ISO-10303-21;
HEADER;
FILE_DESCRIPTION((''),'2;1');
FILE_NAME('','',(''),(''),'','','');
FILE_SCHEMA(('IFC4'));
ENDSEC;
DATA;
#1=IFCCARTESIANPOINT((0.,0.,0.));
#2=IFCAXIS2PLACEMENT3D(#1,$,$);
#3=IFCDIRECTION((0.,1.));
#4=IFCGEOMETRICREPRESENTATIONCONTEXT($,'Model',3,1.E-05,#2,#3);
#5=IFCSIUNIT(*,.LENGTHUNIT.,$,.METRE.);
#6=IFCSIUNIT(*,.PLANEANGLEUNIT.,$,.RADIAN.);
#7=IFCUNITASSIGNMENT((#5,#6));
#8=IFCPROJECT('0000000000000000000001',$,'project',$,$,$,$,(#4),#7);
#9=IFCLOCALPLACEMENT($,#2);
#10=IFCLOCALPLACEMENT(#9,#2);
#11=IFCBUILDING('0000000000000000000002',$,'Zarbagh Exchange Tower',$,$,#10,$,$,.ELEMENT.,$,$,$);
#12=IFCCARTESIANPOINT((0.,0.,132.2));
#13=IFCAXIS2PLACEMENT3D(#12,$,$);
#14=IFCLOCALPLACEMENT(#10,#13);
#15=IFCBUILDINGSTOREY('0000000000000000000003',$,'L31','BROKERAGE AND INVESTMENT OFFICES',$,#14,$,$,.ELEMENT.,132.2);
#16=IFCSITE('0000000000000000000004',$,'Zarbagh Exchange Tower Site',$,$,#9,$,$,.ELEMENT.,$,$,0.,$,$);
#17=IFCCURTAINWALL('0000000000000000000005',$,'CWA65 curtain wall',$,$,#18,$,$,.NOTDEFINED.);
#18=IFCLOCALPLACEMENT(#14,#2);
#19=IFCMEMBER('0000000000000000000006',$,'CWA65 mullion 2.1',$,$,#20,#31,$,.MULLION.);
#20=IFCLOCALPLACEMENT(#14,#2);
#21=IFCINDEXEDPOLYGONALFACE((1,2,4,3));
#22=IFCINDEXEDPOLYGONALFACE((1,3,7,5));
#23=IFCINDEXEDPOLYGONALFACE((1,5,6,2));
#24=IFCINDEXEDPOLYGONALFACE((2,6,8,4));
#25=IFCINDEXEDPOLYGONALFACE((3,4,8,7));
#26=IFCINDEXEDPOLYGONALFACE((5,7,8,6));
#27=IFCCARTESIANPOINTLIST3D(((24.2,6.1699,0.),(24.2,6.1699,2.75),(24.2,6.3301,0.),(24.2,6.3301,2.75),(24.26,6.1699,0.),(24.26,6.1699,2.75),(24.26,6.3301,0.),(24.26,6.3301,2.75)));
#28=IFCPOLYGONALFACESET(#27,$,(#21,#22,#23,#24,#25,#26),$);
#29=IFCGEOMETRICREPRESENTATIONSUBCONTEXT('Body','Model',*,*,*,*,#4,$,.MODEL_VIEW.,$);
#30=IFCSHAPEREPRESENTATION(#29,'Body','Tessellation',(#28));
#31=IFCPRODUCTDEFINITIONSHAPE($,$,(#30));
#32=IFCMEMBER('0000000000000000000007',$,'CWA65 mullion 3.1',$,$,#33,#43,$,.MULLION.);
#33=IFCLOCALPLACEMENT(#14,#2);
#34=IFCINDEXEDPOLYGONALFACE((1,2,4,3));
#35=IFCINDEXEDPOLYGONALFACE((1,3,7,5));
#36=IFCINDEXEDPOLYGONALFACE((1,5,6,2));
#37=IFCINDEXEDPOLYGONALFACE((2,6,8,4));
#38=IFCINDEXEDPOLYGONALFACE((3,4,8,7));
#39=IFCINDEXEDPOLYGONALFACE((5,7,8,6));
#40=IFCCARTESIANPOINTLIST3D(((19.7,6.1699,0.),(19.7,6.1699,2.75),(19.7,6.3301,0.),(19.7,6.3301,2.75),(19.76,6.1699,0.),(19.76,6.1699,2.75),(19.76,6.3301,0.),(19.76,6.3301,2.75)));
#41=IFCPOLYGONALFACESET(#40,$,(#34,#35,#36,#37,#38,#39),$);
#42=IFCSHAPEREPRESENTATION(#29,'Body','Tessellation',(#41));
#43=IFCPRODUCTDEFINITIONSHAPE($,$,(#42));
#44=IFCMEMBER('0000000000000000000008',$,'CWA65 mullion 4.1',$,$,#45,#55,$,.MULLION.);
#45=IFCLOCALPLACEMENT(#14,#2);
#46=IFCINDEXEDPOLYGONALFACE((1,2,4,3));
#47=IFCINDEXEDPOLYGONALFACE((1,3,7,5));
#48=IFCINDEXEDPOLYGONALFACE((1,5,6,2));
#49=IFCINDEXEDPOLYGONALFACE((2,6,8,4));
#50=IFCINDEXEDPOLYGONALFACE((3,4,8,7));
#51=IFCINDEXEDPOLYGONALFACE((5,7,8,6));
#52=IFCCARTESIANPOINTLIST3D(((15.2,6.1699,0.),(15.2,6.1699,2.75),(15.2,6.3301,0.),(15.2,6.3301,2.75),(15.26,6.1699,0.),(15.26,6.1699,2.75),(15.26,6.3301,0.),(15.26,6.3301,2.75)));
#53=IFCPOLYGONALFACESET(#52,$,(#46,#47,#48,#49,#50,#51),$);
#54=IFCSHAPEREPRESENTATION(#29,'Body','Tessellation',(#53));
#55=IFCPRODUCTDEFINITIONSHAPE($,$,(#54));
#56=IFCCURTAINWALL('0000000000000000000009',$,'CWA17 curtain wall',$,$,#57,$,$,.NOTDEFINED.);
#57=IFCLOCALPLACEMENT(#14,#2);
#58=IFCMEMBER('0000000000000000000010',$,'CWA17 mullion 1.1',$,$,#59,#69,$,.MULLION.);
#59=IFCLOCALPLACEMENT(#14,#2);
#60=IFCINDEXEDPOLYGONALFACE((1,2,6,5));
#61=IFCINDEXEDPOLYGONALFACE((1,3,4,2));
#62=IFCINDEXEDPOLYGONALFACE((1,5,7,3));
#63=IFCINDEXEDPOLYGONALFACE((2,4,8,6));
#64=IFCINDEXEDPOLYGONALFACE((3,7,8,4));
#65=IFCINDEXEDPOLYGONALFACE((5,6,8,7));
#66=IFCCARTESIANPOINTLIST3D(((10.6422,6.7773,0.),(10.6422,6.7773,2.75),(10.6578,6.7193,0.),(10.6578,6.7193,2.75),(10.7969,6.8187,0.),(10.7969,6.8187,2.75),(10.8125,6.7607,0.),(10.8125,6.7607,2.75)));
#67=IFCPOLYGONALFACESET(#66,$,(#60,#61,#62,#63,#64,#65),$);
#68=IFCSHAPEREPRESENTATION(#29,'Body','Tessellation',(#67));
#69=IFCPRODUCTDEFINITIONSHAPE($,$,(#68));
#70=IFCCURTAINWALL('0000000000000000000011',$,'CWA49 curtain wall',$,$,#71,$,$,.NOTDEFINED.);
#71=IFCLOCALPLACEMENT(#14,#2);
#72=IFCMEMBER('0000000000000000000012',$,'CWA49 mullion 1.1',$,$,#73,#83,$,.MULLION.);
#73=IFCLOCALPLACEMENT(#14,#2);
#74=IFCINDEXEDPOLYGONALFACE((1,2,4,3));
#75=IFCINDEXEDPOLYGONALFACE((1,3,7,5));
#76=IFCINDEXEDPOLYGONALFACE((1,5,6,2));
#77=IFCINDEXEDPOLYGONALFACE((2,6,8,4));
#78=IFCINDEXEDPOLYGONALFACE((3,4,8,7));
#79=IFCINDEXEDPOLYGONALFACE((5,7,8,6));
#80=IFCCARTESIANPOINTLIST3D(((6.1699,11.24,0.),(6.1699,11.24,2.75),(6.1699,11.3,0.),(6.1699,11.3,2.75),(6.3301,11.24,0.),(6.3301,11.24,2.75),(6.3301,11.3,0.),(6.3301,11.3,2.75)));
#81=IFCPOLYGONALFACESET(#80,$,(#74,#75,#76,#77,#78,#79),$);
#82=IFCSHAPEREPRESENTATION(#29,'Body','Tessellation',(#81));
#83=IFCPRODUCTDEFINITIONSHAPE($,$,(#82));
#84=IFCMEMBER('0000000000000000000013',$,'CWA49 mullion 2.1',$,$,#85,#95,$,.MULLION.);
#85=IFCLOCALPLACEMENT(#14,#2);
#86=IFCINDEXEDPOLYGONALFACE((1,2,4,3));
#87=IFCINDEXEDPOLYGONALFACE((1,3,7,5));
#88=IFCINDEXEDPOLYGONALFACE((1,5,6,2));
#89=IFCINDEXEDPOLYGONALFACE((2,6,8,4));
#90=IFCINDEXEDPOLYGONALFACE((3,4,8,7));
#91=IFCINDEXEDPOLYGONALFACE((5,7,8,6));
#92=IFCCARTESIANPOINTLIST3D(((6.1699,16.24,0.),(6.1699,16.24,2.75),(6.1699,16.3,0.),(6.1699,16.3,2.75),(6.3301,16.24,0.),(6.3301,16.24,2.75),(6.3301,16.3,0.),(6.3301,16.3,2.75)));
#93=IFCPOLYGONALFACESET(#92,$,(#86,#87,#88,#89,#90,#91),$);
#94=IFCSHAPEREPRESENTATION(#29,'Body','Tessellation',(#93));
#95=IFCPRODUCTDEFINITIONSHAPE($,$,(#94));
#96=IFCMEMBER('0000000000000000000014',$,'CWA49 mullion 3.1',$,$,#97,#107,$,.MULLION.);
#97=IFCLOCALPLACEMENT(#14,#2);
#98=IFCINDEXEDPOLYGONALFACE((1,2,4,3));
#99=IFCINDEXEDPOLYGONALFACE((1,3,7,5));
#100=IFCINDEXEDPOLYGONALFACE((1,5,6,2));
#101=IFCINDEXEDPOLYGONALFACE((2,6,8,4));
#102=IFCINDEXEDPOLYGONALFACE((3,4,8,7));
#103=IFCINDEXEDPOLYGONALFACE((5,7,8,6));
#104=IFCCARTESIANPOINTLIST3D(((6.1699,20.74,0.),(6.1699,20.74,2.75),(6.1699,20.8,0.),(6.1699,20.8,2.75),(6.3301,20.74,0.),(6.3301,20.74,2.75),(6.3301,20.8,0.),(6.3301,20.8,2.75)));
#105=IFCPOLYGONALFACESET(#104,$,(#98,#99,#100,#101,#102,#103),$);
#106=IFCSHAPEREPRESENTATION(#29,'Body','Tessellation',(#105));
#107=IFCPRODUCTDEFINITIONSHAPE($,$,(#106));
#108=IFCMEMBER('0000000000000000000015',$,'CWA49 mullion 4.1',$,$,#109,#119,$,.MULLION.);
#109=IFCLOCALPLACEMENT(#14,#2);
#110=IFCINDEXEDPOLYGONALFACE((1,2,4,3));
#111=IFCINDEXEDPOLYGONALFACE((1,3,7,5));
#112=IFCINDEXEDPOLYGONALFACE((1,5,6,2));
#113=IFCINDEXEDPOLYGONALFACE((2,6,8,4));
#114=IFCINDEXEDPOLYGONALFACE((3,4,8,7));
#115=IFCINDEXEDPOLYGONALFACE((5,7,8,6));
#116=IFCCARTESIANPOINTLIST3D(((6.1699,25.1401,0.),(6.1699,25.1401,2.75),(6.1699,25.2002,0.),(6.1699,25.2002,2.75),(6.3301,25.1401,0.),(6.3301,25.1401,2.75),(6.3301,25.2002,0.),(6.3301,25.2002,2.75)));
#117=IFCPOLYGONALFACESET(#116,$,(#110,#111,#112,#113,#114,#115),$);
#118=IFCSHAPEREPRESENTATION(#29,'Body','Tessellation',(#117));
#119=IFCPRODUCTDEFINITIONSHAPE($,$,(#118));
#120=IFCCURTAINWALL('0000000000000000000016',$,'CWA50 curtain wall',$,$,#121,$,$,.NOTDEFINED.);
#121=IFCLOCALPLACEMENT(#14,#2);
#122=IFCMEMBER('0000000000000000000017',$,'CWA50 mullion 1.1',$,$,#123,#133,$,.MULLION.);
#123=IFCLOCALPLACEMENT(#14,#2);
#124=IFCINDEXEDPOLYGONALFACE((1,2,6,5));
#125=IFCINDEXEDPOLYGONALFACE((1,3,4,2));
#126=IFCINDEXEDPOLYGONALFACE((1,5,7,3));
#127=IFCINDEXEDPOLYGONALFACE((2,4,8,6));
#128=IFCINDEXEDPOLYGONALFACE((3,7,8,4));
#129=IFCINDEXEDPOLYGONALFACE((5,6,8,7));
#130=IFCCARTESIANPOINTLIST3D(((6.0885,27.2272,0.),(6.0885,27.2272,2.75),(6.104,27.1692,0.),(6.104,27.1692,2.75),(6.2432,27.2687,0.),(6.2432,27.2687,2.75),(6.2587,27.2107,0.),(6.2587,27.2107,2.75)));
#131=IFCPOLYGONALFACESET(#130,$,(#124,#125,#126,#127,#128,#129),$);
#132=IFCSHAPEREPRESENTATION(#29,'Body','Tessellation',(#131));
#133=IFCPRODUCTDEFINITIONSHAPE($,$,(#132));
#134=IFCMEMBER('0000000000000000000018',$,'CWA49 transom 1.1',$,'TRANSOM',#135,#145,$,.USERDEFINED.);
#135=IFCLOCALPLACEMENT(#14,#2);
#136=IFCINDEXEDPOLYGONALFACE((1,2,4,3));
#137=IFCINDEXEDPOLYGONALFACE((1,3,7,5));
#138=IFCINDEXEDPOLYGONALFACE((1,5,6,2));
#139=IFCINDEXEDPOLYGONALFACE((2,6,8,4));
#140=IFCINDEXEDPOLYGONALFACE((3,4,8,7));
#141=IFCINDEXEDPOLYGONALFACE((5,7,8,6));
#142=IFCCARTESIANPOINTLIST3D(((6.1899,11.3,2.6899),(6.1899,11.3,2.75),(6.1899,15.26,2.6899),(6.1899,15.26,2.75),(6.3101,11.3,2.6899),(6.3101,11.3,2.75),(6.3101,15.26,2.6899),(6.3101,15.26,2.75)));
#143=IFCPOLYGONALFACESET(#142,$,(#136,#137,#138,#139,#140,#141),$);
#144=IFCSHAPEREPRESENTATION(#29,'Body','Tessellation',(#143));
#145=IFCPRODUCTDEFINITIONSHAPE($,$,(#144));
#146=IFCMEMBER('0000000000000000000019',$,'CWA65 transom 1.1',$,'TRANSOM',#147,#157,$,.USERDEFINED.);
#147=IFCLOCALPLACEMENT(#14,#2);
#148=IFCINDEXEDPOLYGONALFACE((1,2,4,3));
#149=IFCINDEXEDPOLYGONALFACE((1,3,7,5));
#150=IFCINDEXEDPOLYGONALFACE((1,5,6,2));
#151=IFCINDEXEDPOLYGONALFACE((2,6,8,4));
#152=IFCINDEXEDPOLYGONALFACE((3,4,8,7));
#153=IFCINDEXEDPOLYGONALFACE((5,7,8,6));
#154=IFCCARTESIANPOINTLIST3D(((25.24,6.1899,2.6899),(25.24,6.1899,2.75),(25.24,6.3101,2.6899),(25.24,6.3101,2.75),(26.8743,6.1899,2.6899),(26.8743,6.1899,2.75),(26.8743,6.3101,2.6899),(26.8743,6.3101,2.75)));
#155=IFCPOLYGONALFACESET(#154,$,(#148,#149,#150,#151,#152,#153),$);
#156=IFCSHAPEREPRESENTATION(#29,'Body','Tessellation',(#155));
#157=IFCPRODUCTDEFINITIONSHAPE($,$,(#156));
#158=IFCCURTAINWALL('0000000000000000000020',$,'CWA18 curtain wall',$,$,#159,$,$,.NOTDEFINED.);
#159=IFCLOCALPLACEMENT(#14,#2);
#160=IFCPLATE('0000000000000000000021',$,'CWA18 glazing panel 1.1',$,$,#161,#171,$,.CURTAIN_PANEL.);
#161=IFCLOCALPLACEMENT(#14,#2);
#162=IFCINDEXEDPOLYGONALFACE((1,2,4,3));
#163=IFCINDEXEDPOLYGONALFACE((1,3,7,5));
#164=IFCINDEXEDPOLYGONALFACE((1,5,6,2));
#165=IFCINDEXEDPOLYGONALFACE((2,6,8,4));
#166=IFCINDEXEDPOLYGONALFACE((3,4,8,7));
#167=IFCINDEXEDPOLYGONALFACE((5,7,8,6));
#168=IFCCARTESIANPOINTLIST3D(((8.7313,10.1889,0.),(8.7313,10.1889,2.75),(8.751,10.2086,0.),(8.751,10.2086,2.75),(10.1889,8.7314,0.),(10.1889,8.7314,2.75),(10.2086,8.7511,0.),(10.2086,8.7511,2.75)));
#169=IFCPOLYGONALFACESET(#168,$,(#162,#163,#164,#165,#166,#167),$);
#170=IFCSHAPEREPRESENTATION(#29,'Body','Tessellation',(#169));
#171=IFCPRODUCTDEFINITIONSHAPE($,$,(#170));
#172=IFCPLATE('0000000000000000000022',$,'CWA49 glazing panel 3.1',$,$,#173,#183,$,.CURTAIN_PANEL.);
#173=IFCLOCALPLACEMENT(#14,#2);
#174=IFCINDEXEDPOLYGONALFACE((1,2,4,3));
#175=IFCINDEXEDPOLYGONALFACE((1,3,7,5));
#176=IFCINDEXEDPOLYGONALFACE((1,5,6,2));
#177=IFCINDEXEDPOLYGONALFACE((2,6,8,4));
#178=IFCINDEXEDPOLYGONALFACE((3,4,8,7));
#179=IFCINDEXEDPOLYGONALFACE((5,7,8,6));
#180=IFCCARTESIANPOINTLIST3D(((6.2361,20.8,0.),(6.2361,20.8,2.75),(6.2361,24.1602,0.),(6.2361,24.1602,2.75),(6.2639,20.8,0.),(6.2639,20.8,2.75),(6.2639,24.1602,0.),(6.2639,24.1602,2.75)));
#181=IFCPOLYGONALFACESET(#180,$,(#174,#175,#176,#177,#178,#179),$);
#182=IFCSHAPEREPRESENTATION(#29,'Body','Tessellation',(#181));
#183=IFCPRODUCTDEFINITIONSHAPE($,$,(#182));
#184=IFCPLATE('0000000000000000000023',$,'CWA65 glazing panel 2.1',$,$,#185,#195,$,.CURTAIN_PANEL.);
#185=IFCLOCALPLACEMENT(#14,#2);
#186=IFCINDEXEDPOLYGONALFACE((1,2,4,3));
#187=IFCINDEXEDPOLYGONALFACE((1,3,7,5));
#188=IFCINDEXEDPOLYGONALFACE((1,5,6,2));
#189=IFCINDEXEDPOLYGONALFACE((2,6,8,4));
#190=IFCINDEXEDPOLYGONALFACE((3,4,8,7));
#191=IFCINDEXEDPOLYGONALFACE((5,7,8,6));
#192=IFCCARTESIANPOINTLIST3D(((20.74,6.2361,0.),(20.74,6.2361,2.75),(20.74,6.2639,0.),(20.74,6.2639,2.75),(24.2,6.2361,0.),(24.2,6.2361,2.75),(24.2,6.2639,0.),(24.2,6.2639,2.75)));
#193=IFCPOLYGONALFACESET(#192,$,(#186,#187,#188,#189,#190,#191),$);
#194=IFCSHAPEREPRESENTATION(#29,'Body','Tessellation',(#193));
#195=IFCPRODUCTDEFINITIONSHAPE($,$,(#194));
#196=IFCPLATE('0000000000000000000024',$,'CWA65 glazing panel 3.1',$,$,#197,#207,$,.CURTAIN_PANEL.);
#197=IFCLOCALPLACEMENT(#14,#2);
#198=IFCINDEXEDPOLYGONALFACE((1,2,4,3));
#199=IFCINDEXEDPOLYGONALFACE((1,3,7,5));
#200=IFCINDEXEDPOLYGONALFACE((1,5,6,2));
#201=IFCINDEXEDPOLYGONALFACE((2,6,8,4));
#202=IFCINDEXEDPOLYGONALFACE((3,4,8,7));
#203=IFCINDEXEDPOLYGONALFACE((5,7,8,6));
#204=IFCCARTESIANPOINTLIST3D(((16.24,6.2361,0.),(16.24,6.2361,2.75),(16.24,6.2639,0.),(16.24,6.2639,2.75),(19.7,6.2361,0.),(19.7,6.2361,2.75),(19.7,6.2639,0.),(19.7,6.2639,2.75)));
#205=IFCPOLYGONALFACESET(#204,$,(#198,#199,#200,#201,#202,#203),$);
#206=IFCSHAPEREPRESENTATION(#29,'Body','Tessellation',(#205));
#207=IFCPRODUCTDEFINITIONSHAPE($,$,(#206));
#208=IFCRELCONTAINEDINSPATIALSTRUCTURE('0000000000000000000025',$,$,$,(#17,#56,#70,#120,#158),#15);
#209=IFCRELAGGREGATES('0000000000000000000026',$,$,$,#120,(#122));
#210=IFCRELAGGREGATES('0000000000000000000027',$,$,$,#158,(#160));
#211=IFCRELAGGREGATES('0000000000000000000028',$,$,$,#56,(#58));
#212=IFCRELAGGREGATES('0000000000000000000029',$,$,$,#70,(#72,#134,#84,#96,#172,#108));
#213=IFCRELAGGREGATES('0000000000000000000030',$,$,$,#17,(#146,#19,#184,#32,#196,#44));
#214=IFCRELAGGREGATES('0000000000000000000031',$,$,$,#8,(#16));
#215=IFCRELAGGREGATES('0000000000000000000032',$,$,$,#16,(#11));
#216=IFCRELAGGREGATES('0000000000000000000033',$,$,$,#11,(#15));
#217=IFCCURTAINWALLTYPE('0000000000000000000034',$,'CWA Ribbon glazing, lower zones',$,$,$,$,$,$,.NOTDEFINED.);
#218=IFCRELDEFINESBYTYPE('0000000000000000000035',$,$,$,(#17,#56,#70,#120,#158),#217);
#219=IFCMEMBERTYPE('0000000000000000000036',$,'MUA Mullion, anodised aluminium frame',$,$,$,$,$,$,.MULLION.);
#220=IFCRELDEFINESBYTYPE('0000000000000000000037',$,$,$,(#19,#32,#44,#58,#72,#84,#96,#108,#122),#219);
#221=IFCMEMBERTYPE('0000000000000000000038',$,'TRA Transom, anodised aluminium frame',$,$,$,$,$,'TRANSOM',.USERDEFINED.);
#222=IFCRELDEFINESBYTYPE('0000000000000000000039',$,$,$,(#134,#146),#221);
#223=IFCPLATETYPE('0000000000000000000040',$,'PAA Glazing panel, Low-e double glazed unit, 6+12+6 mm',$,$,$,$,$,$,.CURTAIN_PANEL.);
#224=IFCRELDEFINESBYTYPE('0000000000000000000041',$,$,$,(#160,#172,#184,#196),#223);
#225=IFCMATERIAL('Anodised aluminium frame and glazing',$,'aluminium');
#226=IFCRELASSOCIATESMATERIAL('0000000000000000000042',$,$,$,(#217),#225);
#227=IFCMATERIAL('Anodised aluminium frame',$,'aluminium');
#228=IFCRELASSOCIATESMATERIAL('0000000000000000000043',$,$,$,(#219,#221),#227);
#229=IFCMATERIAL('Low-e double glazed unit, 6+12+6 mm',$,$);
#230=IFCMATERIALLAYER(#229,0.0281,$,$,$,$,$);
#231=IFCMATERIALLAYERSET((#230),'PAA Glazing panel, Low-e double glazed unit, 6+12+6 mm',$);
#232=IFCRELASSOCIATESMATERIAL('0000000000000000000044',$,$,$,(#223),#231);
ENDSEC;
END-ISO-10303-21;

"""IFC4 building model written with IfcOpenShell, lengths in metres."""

from ifc_helpers import new_model, si_unit, direction, frame, origin, place, context, subcontext, project, spatial, polyline, outline, extrude, source, transform, mapped, material, layer, layer_set, type_object, element, aggregate, save


model = new_model("IFC4")

# Units and contexts
model_context = context("Model", 3, precision=1e-05, world=origin(), true_north=direction((0.0, 1.0)))
body_context = subcontext(model_context, "Body", "Model", "MODEL_VIEW")
ifc_project = project(units=[si_unit("LENGTHUNIT", "METRE"), si_unit("PLANEANGLEUNIT", "RADIAN")], contexts=[model_context])

# Site, building, storey
site_placement = place(None, origin())
site = spatial("IfcSite", under=ifc_project, at=site_placement, Name="Zarbagh Exchange Tower Site", CompositionType="ELEMENT", RefElevation=0.0)
building_placement = place(site_placement, origin())
building = spatial("IfcBuilding", under=site, at=building_placement, Name="Zarbagh Exchange Tower", CompositionType="ELEMENT")
storey_placement = place(building_placement, frame((0.0, 0.0, 132.2)))
storey = spatial("IfcBuildingStorey", under=building, at=storey_placement, Name="L31", Description="BROKERAGE AND INVESTMENT OFFICES", CompositionType="ELEMENT", Elevation=132.2)

# Curtain wall, members
ifc_material_1 = material(Name="Anodised aluminium frame and glazing", Category="aluminium")
curtain_wall_type = type_object("IfcCurtainWallType", Name="CWA Ribbon glazing, lower zones", PredefinedType="NOTDEFINED", material=ifc_material_1)
curtain_wall_1_placement = place(storey_placement, origin())
curtain_wall_1 = element("IfcCurtainWall", 1, at=curtain_wall_1_placement, inside=storey, type_object=curtain_wall_type, Name="CWA65 curtain wall", PredefinedType="NOTDEFINED")
ifc_material_2 = material(Name="Anodised aluminium frame", Category="aluminium")
member_type_1 = type_object("IfcMemberType", Name="MUA Mullion, anodised aluminium frame", PredefinedType="MULLION", material=ifc_material_2)
shared_shape_1 = source(origin(), body_context, "Body", "SweptSolid", [
    extrude(outline(polyline([(0.0, -0.0801), (0.0601, -0.0801), (0.0601, 0.0801), (0.0, 0.0801), (0.0, -0.0801)])), origin(), (0.0, 0.0, 1.0), 2.75),
])
placement = place(storey_placement, origin())
member_1 = element("IfcMember", 2, at=placement, type_object=member_type_1, Name="CWA65 mullion 2.1", PredefinedType="MULLION", context=body_context, shape_type="MappedRepresentation", body=[
    mapped(shared_shape_1, transform((24.26, 6.25, 0.0), x_axis=(-1.0, 0.0, 0.0), y_axis=(0.0, -1.0, 0.0), z_axis=(0.0, 0.0, 1.0))),
])
member_2 = element("IfcMember", 3, at=placement, type_object=member_type_1, Name="CWA65 mullion 3.1", PredefinedType="MULLION", context=body_context, shape_type="MappedRepresentation", body=[
    mapped(shared_shape_1, transform((19.76, 6.25, 0.0), x_axis=(-1.0, 0.0, 0.0), y_axis=(0.0, -1.0, 0.0), z_axis=(0.0, 0.0, 1.0))),
])
member_3 = element("IfcMember", 4, at=placement, type_object=member_type_1, Name="CWA65 mullion 4.1", PredefinedType="MULLION", context=body_context, shape_type="MappedRepresentation", body=[
    mapped(shared_shape_1, transform((15.26, 6.25, 0.0), x_axis=(-1.0, 0.0, 0.0), y_axis=(0.0, -1.0, 0.0), z_axis=(0.0, 0.0, 1.0))),
])

# Curtain wall, member
curtain_wall_2_placement = place(storey_placement, origin())
curtain_wall_2 = element("IfcCurtainWall", 5, at=curtain_wall_2_placement, inside=storey, type_object=curtain_wall_type, Name="CWA17 curtain wall", PredefinedType="NOTDEFINED")
member_4 = element("IfcMember", 6, at=placement, type_object=member_type_1, Name="CWA17 mullion 1.1", PredefinedType="MULLION", context=body_context, shape_type="MappedRepresentation", body=[
    mapped(shared_shape_1, transform((10.7351, 6.74, 0.0), x_axis=(-0.258825, 0.965924, 0.0), y_axis=(-0.965924, -0.258825, 0.0), z_axis=(0.0, 0.0, 1.0))),
])

# Curtain wall, members
curtain_wall_3_placement = place(storey_placement, origin())
curtain_wall_3 = element("IfcCurtainWall", 7, at=curtain_wall_3_placement, inside=storey, type_object=curtain_wall_type, Name="CWA49 curtain wall", PredefinedType="NOTDEFINED")
member_5 = element("IfcMember", 8, at=placement, type_object=member_type_1, Name="CWA49 mullion 1.1", PredefinedType="MULLION", context=body_context, shape_type="MappedRepresentation", body=[
    mapped(shared_shape_1, transform((6.25, 11.24, 0.0), x_axis=(0.0, 1.0, 0.0), y_axis=(-1.0, 0.0, 0.0), z_axis=(0.0, 0.0, 1.0))),
])
member_6 = element("IfcMember", 9, at=placement, type_object=member_type_1, Name="CWA49 mullion 2.1", PredefinedType="MULLION", context=body_context, shape_type="MappedRepresentation", body=[
    mapped(shared_shape_1, transform((6.25, 16.24, 0.0), x_axis=(0.0, 1.0, 0.0), y_axis=(-1.0, 0.0, 0.0), z_axis=(0.0, 0.0, 1.0))),
])
member_7 = element("IfcMember", 10, at=placement, type_object=member_type_1, Name="CWA49 mullion 3.1", PredefinedType="MULLION", context=body_context, shape_type="MappedRepresentation", body=[
    mapped(shared_shape_1, transform((6.25, 20.74, 0.0), x_axis=(0.0, 1.0, 0.0), y_axis=(-1.0, 0.0, 0.0), z_axis=(0.0, 0.0, 1.0))),
])
member_8 = element("IfcMember", 11, at=placement, type_object=member_type_1, Name="CWA49 mullion 4.1", PredefinedType="MULLION", context=body_context, shape_type="MappedRepresentation", body=[
    mapped(shared_shape_1, transform((6.25, 25.1401, 0.0), x_axis=(0.0, 1.0, 0.0), y_axis=(-1.0, 0.0, 0.0), z_axis=(0.0, 0.0, 1.0))),
])

# Curtain wall, member
curtain_wall_4_placement = place(storey_placement, origin())
curtain_wall_4 = element("IfcCurtainWall", 12, at=curtain_wall_4_placement, inside=storey, type_object=curtain_wall_type, Name="CWA50 curtain wall", PredefinedType="NOTDEFINED")
member_9 = element("IfcMember", 13, at=placement, type_object=member_type_1, Name="CWA50 mullion 1.1", PredefinedType="MULLION", context=body_context, shape_type="MappedRepresentation", body=[
    mapped(shared_shape_1, transform((6.1814, 27.1899, 0.0), x_axis=(-0.258825, 0.965924, 0.0), y_axis=(-0.965924, -0.258825, 0.0), z_axis=(0.0, 0.0, 1.0))),
])
aggregate(curtain_wall_4, [member_9])

# Members
member_type_2 = type_object("IfcMemberType", Name="TRA Transom, anodised aluminium frame", ElementType="TRANSOM", PredefinedType="USERDEFINED", material=ifc_material_2)
shared_shape_2 = source(origin(), body_context, "Body", "SweptSolid", [
    extrude(outline(polyline([(-0.0601, -0.0601), (0.0, -0.0601), (0.0, 0.0601), (-0.0601, 0.0601), (-0.0601, -0.0601)])), origin(), (0.0, 0.0, 1.0), 3.96),
])
member_10 = element("IfcMember", 14, at=placement, type_object=member_type_2, Name="CWA49 transom 1.1", ObjectType="TRANSOM", PredefinedType="USERDEFINED", context=body_context, shape_type="MappedRepresentation", body=[
    mapped(shared_shape_2, transform((6.25, 11.3, 2.75), x_axis=(0.0, 0.0, 1.0), y_axis=(1.0, 0.0, 0.0), z_axis=(0.0, 1.0, 0.0))),
])
shared_shape_3 = source(origin(), body_context, "Body", "SweptSolid", [
    extrude(outline(polyline([(-0.0601, -0.0601), (0.0, -0.0601), (0.0, 0.0601), (-0.0601, 0.0601), (-0.0601, -0.0601)])), origin(), (0.0, 0.0, 1.0), 1.6343),
])
member_11 = element("IfcMember", 15, at=placement, type_object=member_type_2, Name="CWA65 transom 1.1", ObjectType="TRANSOM", PredefinedType="USERDEFINED", context=body_context, shape_type="MappedRepresentation", body=[
    mapped(shared_shape_3, transform((26.8743, 6.25, 2.75), x_axis=(0.0, 0.0, 1.0), y_axis=(0.0, 1.0, 0.0), z_axis=(-1.0, 0.0, 0.0))),
])

# Curtain wall, plate
curtain_wall_5_placement = place(storey_placement, origin())
curtain_wall_5 = element("IfcCurtainWall", 16, at=curtain_wall_5_placement, inside=storey, type_object=curtain_wall_type, Name="CWA18 curtain wall", PredefinedType="NOTDEFINED")
ifc_material_3 = material(Name="Low-e double glazed unit, 6+12+6 mm")
ifc_layer_1 = layer(ifc_material_3, 0.0281)
ifc_layer_set_1 = layer_set([ifc_layer_1], Name="PAA Glazing panel, Low-e double glazed unit, 6+12+6 mm")
plate_type = type_object("IfcPlateType", Name="PAA Glazing panel, Low-e double glazed unit, 6+12+6 mm", PredefinedType="CURTAIN_PANEL", material=ifc_layer_set_1)
shared_shape_4 = source(origin(), body_context, "Body", "SweptSolid", [
    extrude(outline(polyline([(0.0, -0.0139), (2.0613, -0.0139), (2.0613, 0.0139), (0.0, 0.0139), (0.0, -0.0139)])), origin(), (0.0, 0.0, 1.0), 2.75),
])
plate_1 = element("IfcPlate", 17, at=placement, type_object=plate_type, Name="CWA18 glazing panel 1.1", PredefinedType="CURTAIN_PANEL", context=body_context, shape_type="MappedRepresentation", body=[
    mapped(shared_shape_4, transform((10.1987, 8.7412, 0.0), x_axis=(-0.707107, 0.707107, 0.0), y_axis=(-0.707107, -0.707107, 0.0), z_axis=(0.0, 0.0, 1.0))),
])
aggregate(curtain_wall_5, [plate_1])

# Plates
shared_shape_5 = source(origin(), body_context, "Body", "SweptSolid", [
    extrude(outline(polyline([(0.0, -0.0139), (3.3601, -0.0139), (3.3601, 0.0139), (0.0, 0.0139), (0.0, -0.0139)])), origin(), (0.0, 0.0, 1.0), 2.75),
])
plate_2 = element("IfcPlate", 18, at=placement, type_object=plate_type, Name="CWA49 glazing panel 3.1", PredefinedType="CURTAIN_PANEL", context=body_context, shape_type="MappedRepresentation", body=[
    mapped(shared_shape_5, transform((6.25, 20.8, 0.0), x_axis=(0.0, 1.0, 0.0), y_axis=(-1.0, 0.0, 0.0), z_axis=(0.0, 0.0, 1.0))),
])
shared_shape_6 = source(origin(), body_context, "Body", "SweptSolid", [
    extrude(outline(polyline([(0.0, -0.0139), (3.46, -0.0139), (3.46, 0.0139), (0.0, 0.0139), (0.0, -0.0139)])), origin(), (0.0, 0.0, 1.0), 2.75),
])
plate_3 = element("IfcPlate", 19, at=placement, type_object=plate_type, Name="CWA65 glazing panel 2.1", PredefinedType="CURTAIN_PANEL", context=body_context, shape_type="MappedRepresentation", body=[
    mapped(shared_shape_6, transform((24.2, 6.25, 0.0), x_axis=(-1.0, 0.0, 0.0), y_axis=(0.0, -1.0, 0.0), z_axis=(0.0, 0.0, 1.0))),
])
plate_4 = element("IfcPlate", 20, at=placement, type_object=plate_type, Name="CWA65 glazing panel 3.1", PredefinedType="CURTAIN_PANEL", context=body_context, shape_type="MappedRepresentation", body=[
    mapped(shared_shape_6, transform((19.7, 6.25, 0.0), x_axis=(-1.0, 0.0, 0.0), y_axis=(0.0, -1.0, 0.0), z_axis=(0.0, 0.0, 1.0))),
])
aggregate(curtain_wall_2, [member_4])

aggregate(curtain_wall_3, [member_5, member_10, member_6, member_7, plate_2, member_8])
aggregate(curtain_wall_1, [member_11, member_1, plate_3, member_2, plate_4, member_3])

save(model, "model.ifc")
